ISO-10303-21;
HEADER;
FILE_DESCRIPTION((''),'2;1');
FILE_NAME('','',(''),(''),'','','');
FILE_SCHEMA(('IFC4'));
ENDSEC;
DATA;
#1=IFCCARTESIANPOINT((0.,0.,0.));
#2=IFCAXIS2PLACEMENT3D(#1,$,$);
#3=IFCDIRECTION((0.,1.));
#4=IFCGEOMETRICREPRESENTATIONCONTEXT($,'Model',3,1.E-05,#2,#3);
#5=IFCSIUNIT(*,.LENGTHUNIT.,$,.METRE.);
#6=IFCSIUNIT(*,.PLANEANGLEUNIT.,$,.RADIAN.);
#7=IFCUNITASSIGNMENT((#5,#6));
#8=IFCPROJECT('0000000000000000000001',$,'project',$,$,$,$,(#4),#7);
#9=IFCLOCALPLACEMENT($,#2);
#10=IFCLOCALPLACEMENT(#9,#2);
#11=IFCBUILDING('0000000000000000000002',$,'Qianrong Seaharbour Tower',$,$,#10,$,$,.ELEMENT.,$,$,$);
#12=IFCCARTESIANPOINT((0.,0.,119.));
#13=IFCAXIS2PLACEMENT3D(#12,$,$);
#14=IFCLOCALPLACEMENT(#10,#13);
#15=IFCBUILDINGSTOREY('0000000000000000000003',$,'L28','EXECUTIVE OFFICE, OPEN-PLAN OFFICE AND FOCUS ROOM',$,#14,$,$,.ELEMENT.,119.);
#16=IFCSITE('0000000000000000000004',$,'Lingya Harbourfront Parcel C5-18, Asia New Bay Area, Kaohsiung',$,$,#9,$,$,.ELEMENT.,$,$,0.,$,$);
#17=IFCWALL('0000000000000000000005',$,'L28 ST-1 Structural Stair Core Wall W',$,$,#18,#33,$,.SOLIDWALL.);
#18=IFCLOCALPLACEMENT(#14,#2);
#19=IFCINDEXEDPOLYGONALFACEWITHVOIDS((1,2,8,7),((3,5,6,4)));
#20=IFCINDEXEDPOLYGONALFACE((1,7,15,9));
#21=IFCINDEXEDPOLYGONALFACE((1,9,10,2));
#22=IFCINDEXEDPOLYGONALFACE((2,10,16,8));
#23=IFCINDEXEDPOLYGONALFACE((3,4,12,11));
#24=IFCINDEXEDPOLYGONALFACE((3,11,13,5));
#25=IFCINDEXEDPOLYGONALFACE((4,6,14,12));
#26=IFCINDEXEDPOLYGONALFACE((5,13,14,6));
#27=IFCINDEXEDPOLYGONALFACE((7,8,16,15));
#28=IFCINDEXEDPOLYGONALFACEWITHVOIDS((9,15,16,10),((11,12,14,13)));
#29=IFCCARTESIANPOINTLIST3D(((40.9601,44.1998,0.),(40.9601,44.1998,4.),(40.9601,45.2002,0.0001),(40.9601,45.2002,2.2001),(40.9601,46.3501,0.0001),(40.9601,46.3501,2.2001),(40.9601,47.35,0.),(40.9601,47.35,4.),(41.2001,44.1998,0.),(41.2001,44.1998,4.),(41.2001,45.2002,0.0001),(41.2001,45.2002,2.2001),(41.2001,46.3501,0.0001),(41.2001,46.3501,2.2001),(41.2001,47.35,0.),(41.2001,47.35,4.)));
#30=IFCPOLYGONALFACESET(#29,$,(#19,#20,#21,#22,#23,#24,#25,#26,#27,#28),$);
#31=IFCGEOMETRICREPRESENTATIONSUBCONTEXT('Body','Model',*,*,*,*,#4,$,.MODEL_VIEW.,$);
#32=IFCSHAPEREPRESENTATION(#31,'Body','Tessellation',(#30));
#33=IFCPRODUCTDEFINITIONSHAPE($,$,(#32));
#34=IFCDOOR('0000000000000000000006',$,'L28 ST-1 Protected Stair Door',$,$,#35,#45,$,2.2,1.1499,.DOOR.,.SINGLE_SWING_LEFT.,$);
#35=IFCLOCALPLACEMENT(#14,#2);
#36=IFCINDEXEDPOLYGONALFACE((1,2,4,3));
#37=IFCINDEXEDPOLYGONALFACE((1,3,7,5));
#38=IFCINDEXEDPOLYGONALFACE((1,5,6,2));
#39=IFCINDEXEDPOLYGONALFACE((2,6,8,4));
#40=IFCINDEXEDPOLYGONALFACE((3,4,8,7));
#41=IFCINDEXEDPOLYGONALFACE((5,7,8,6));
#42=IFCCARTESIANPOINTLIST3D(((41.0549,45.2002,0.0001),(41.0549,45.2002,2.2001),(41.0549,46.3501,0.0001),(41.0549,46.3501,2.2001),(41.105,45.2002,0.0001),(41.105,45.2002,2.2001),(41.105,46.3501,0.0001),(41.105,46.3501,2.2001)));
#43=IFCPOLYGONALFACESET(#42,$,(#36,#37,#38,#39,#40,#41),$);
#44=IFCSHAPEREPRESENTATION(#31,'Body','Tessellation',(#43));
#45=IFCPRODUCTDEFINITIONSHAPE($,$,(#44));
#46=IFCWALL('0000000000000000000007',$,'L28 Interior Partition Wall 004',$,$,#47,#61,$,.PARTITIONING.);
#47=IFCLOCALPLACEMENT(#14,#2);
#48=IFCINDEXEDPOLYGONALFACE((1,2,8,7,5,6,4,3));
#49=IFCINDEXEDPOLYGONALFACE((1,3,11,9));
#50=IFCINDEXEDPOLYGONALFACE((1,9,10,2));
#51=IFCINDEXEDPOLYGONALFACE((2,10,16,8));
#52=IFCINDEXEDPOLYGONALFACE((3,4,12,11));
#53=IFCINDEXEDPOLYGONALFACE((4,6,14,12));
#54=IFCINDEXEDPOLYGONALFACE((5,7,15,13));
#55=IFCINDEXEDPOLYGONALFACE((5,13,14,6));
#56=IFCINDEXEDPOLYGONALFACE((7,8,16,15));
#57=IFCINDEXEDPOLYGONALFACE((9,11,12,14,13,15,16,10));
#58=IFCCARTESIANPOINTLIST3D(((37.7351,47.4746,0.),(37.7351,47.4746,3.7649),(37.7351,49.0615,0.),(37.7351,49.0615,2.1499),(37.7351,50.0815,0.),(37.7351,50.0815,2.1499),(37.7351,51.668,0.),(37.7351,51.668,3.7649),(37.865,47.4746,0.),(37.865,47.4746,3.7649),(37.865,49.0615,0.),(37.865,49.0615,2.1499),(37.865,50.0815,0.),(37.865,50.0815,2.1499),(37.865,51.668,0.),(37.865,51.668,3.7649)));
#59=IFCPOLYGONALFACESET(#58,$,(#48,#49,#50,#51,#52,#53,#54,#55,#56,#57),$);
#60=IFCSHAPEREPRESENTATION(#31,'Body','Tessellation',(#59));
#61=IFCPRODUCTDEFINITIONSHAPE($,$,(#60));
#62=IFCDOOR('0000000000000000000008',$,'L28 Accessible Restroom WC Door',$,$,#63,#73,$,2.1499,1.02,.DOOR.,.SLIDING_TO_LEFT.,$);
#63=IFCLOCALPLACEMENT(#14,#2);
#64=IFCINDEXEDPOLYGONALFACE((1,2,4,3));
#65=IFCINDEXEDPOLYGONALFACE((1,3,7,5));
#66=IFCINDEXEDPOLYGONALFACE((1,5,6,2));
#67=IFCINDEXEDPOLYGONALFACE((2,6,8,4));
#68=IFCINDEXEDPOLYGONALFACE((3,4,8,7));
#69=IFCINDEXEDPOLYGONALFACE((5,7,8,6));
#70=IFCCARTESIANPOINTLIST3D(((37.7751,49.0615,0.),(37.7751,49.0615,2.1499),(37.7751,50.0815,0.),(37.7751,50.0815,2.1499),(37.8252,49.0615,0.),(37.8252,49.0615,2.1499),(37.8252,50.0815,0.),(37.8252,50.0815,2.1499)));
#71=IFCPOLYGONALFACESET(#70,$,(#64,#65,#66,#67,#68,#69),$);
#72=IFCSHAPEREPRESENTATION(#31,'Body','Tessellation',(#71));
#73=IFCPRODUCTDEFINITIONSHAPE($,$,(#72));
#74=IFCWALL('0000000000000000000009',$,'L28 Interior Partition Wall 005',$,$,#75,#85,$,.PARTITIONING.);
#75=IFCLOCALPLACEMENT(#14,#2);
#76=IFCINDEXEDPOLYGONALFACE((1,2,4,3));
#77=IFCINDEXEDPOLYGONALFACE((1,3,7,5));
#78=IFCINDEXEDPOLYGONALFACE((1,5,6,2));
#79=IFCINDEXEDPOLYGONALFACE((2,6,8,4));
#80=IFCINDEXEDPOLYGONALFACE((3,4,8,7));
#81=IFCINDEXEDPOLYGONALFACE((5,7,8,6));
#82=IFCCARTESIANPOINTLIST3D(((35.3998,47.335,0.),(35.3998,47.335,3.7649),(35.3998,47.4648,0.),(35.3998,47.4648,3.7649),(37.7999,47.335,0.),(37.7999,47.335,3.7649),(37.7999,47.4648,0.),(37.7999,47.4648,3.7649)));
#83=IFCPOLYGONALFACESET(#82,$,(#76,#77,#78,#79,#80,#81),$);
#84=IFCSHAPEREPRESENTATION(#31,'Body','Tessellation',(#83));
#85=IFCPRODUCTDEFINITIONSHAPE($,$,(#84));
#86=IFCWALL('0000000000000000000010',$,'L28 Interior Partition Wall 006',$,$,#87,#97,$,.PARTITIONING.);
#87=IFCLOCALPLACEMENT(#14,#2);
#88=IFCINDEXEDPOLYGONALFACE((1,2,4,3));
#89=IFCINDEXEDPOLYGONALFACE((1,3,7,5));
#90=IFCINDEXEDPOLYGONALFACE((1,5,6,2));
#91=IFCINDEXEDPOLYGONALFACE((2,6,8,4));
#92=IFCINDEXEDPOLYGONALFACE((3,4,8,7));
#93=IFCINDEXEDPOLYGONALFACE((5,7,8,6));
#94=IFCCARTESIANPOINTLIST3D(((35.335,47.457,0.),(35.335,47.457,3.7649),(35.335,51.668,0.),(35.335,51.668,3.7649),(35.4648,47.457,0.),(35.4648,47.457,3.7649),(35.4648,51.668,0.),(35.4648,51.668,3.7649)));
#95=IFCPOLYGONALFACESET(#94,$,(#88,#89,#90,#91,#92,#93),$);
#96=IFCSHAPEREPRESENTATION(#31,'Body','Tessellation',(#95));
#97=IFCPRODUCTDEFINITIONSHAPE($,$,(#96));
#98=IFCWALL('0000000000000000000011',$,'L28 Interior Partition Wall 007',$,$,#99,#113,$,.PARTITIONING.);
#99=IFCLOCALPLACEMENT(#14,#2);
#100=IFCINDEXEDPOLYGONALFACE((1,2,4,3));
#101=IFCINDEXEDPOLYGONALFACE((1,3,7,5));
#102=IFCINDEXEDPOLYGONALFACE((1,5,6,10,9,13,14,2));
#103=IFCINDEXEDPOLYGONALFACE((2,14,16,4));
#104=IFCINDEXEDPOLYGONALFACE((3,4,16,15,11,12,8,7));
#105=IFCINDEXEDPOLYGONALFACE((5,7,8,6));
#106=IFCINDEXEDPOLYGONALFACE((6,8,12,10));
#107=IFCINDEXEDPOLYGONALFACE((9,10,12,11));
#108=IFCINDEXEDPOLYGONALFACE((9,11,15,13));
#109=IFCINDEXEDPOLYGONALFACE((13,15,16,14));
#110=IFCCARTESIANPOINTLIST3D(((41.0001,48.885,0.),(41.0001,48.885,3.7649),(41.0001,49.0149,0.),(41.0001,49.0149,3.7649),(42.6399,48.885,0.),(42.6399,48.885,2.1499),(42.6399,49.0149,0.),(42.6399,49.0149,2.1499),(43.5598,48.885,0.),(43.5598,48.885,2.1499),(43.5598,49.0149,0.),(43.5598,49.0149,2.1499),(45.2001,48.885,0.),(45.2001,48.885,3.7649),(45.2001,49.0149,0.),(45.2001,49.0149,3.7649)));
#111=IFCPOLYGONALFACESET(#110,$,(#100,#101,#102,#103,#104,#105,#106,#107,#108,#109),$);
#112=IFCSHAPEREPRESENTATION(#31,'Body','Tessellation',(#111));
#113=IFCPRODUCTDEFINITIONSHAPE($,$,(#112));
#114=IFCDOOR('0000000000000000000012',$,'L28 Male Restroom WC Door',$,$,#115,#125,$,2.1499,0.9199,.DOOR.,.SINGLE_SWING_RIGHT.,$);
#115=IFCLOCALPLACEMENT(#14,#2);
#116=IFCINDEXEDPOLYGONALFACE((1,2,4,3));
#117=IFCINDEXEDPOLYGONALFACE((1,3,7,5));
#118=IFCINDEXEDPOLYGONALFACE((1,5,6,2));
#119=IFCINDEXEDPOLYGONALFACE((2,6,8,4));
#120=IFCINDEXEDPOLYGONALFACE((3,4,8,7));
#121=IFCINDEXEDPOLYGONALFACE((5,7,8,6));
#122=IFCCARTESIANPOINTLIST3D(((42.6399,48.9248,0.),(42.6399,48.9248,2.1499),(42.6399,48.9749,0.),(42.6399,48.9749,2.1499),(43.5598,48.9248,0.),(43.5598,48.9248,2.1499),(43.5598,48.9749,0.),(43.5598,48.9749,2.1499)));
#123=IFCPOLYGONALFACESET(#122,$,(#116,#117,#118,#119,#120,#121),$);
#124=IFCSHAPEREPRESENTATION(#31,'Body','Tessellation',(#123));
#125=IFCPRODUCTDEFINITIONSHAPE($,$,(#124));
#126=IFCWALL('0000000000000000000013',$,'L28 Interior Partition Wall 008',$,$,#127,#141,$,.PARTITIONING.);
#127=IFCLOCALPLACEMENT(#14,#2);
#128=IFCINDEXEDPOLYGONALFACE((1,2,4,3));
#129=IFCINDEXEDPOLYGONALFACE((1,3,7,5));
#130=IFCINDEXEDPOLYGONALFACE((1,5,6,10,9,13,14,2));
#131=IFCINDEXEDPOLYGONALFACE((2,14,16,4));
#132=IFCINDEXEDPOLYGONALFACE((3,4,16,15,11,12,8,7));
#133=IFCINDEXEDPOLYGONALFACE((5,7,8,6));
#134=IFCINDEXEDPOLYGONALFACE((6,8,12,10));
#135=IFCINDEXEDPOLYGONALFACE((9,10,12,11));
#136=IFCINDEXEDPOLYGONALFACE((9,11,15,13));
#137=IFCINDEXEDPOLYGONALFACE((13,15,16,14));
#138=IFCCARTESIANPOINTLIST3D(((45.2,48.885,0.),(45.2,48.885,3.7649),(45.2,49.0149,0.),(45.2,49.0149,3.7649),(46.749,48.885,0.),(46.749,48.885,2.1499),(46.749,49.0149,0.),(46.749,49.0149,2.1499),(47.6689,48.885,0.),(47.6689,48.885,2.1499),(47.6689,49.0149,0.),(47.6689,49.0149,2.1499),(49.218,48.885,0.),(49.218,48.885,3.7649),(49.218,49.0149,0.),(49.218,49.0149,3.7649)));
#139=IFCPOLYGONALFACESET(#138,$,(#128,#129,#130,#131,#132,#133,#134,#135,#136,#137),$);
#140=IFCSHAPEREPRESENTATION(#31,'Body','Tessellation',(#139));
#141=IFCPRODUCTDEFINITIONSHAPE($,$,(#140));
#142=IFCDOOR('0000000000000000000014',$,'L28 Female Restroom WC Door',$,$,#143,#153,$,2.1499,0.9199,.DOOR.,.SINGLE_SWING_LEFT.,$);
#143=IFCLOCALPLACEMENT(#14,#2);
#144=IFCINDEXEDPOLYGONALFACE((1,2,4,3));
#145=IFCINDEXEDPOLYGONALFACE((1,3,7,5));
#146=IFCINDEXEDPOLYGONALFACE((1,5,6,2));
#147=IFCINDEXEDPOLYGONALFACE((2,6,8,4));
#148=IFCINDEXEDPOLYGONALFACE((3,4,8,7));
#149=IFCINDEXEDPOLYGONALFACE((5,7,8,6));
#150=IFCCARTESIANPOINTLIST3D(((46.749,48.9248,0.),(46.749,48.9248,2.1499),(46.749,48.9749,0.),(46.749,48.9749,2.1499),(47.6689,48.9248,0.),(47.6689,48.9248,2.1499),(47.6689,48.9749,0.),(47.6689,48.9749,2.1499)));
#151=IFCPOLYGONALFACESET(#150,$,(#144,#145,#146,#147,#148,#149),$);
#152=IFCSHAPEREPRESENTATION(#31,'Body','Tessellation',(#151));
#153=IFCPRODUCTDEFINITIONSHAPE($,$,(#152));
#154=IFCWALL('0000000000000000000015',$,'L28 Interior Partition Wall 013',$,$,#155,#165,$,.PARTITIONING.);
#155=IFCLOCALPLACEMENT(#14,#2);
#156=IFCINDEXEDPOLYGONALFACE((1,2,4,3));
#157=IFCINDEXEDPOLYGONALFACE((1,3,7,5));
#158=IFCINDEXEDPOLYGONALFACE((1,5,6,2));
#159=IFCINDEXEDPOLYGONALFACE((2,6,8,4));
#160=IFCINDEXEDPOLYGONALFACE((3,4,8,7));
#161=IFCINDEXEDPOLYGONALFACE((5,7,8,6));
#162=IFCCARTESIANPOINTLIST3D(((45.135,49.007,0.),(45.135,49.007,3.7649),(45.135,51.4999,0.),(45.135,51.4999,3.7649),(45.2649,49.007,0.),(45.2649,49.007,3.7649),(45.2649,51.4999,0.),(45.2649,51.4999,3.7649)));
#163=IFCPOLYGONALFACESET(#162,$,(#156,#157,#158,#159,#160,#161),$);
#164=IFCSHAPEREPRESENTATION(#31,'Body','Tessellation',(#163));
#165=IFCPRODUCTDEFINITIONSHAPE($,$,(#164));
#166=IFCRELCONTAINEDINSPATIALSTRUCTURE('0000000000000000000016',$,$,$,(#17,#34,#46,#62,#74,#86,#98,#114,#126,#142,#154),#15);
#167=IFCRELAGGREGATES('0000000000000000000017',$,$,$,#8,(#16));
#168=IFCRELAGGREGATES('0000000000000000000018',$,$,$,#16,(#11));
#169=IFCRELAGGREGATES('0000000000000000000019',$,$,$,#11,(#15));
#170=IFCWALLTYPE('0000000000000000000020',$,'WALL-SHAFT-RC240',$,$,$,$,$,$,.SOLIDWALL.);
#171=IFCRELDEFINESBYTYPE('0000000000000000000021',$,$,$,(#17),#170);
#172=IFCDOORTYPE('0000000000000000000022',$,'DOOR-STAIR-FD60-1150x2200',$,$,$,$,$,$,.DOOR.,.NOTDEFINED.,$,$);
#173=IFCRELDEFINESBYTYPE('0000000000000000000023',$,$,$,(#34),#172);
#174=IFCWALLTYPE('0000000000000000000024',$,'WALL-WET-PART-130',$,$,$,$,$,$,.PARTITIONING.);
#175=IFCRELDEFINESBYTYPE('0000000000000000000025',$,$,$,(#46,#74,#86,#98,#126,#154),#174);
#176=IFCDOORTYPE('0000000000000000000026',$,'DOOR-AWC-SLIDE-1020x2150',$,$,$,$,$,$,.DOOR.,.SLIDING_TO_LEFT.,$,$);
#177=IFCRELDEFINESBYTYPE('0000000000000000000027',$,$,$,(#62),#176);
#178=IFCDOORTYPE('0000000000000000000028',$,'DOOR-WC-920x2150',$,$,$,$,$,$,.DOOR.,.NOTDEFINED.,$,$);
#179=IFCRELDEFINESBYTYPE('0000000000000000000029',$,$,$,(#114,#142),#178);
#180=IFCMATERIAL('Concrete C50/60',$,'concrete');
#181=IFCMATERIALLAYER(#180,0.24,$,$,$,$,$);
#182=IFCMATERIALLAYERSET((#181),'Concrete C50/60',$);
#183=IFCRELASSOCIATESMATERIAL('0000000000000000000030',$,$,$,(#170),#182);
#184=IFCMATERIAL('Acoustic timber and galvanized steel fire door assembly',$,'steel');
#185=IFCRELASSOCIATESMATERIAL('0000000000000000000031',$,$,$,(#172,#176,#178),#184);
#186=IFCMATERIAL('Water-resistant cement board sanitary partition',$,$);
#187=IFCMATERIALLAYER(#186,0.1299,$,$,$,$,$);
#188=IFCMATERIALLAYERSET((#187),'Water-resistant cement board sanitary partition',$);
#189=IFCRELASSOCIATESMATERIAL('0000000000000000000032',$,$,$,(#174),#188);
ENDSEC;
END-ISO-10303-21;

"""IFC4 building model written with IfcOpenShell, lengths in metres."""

from ifc_helpers import new_model, si_unit, direction, frame, frame_2d, origin, place, context, subcontext, project, spatial, rectangle, extrude, material, layer, layer_set, type_object, element, fill, save


model = new_model("IFC4")

# Units and contexts
model_context = context("Model", 3, precision=1e-05, world=origin(), true_north=direction((0.0, 1.0)))
body_context = subcontext(model_context, "Body", "Model", "MODEL_VIEW")
ifc_project = project(units=[si_unit("LENGTHUNIT", "METRE"), si_unit("PLANEANGLEUNIT", "RADIAN")], contexts=[model_context])

# Site, building, storey
site_placement = place(None, origin())
site = spatial("IfcSite", under=ifc_project, at=site_placement, Name="Lingya Harbourfront Parcel C5-18, Asia New Bay Area, Kaohsiung", CompositionType="ELEMENT", RefElevation=0.0)
building_placement = place(site_placement, origin())
building = spatial("IfcBuilding", under=site, at=building_placement, Name="Qianrong Seaharbour Tower", CompositionType="ELEMENT")
storey_placement = place(building_placement, frame((0.0, 0.0, 119.0)))
storey = spatial("IfcBuildingStorey", under=building, at=storey_placement, Name="L28", Description="EXECUTIVE OFFICE, OPEN-PLAN OFFICE AND FOCUS ROOM", CompositionType="ELEMENT", Elevation=119.0)

# Shared definitions
ifc_material_1 = material(Name="Acoustic timber and galvanized steel fire door assembly", Category="steel")

# Shared definitions
ifc_material_2 = material(Name="Concrete C50/60", Category="concrete")
ifc_layer_1 = layer(ifc_material_2, 0.24)
ifc_layer_set_1 = layer_set([ifc_layer_1], Name="Concrete C50/60")
wall_type_1 = type_object("IfcWallType", Name="WALL-SHAFT-RC240", PredefinedType="SOLIDWALL", material=ifc_layer_set_1)

# Walls, openings, doors
wall_1_placement = place(storey_placement, frame((41.0801, 47.3501, 0.0), z_axis=(0.0, 0.0, 1.0), x_axis=(0.0, -1.0, 0.0)))
wall_1 = element("IfcWall", 1, at=wall_1_placement, inside=storey, type_object=wall_type_1, Name="L28 ST-1 Structural Stair Core Wall W", PredefinedType="SOLIDWALL", context=body_context, shape_type="SweptSolid", body=[
    extrude(rectangle(XDim=3.1501, YDim=0.24, at=frame_2d((1.5752, 0.0))), origin(), (0.0, 0.0, 1.0), 4.0),
])
opening_1_placement = place(wall_1_placement, frame((1.0, 0.0, 0.0)))
opening_1 = element("IfcOpeningElement", 2, at=opening_1_placement, cuts=wall_1, PredefinedType="OPENING", context=body_context, shape_type="SweptSolid", body=[
    extrude(rectangle(XDim=1.1499, YDim=2.2, at=frame_2d((0.575, 1.1001))), frame((0.0, 0.1299, 0.0), z_axis=(0.0, -1.0, 0.0), x_axis=(1.0, 0.0, 0.0)), (0.0, 0.0, 1.0), 0.26),
])
door_type_1 = type_object("IfcDoorType", Name="DOOR-STAIR-FD60-1150x2200", OperationType="NOTDEFINED", PredefinedType="DOOR", material=ifc_material_1)
door_1_placement = place(opening_1_placement, origin())
door_1 = element("IfcDoor", 3, at=door_1_placement, inside=storey, type_object=door_type_1, Name="L28 ST-1 Protected Stair Door", OperationType="SINGLE_SWING_LEFT", OverallHeight=2.2, OverallWidth=1.1499, PredefinedType="DOOR", context=body_context, shape_type="SweptSolid", body=[
    extrude(rectangle(XDim=1.1499, YDim=2.2, at=frame_2d((0.575, 1.1001))), frame((0.0, 0.0249, 0.0), z_axis=(0.0, -1.0, 0.0), x_axis=(1.0, 0.0, 0.0)), (0.0, 0.0, 1.0), 0.05),
])
fill(opening_1, door_1)
ifc_material_3 = material(Name="Water-resistant cement board sanitary partition")
ifc_layer_2 = layer(ifc_material_3, 0.1299)
ifc_layer_set_2 = layer_set([ifc_layer_2], Name="Water-resistant cement board sanitary partition")
wall_type_2 = type_object("IfcWallType", Name="WALL-WET-PART-130", PredefinedType="PARTITIONING", material=ifc_layer_set_2)
wall_2_placement = place(storey_placement, frame((37.8, 47.4746, 0.0), z_axis=(0.0, 0.0, 1.0), x_axis=(0.0, 1.0, 0.0)))
wall_2 = element("IfcWall", 4, at=wall_2_placement, inside=storey, type_object=wall_type_2, Name="L28 Interior Partition Wall 004", PredefinedType="PARTITIONING", context=body_context, shape_type="SweptSolid", body=[
    extrude(rectangle(XDim=4.1934, YDim=0.1299, at=frame_2d((2.0967, 0.0))), origin(), (0.0, 0.0, 1.0), 3.7649),
])
opening_2_placement = place(wall_2_placement, frame((1.5869, 0.0, 0.0)))
opening_2 = element("IfcOpeningElement", 5, at=opening_2_placement, cuts=wall_2, PredefinedType="OPENING", context=body_context, shape_type="SweptSolid", body=[
    extrude(rectangle(XDim=1.02, YDim=2.1499, at=frame_2d((0.51, 1.075))), frame((0.0, 0.075, 0.0), z_axis=(0.0, -1.0, 0.0), x_axis=(1.0, 0.0, 0.0)), (0.0, 0.0, 1.0), 0.1499),
])
door_type_2 = type_object("IfcDoorType", Name="DOOR-AWC-SLIDE-1020x2150", OperationType="SLIDING_TO_LEFT", PredefinedType="DOOR", material=ifc_material_1)
door_2_placement = place(opening_2_placement, origin())
door_2 = element("IfcDoor", 6, at=door_2_placement, inside=storey, type_object=door_type_2, Name="L28 Accessible Restroom WC Door", OperationType="SLIDING_TO_LEFT", OverallHeight=2.1499, OverallWidth=1.02, PredefinedType="DOOR", context=body_context, shape_type="SweptSolid", body=[
    extrude(rectangle(XDim=1.02, YDim=2.1499, at=frame_2d((0.51, 1.075))), frame((0.0, 0.0249, 0.0), z_axis=(0.0, -1.0, 0.0), x_axis=(1.0, 0.0, 0.0)), (0.0, 0.0, 1.0), 0.05),
])
fill(opening_2, door_2)

# Walls
wall_3_placement = place(storey_placement, frame((37.8, 47.3999, 0.0), z_axis=(0.0, 0.0, 1.0), x_axis=(-1.0, 0.0, 0.0)))
element("IfcWall", 7, at=wall_3_placement, inside=storey, type_object=wall_type_2, Name="L28 Interior Partition Wall 005", PredefinedType="PARTITIONING", context=body_context, shape_type="SweptSolid", body=[
    extrude(rectangle(XDim=2.4001, YDim=0.1299, at=frame_2d((1.2002, 0.0))), origin(), (0.0, 0.0, 1.0), 3.7649),
])
wall_4_placement = place(storey_placement, frame((35.3999, 47.457, 0.0), z_axis=(0.0, 0.0, 1.0), x_axis=(0.0, 1.0, 0.0)))
element("IfcWall", 8, at=wall_4_placement, inside=storey, type_object=wall_type_2, Name="L28 Interior Partition Wall 006", PredefinedType="PARTITIONING", context=body_context, shape_type="SweptSolid", body=[
    extrude(rectangle(XDim=4.2109, YDim=0.1299, at=frame_2d((2.1055, 0.0))), origin(), (0.0, 0.0, 1.0), 3.7649),
])

# Walls, openings, doors
wall_5_placement = place(storey_placement, frame((41.0, 48.95, 0.0), z_axis=(0.0, 0.0, 1.0), x_axis=(1.0, 0.0, 0.0)))
wall_5 = element("IfcWall", 9, at=wall_5_placement, inside=storey, type_object=wall_type_2, Name="L28 Interior Partition Wall 007", PredefinedType="PARTITIONING", context=body_context, shape_type="SweptSolid", body=[
    extrude(rectangle(XDim=4.2, YDim=0.1299, at=frame_2d((2.1001, 0.0))), origin(), (0.0, 0.0, 1.0), 3.7649),
])
opening_3_placement = place(wall_5_placement, frame((1.6399, 0.0, 0.0)))
opening_3 = element("IfcOpeningElement", 10, at=opening_3_placement, cuts=wall_5, PredefinedType="OPENING", context=body_context, shape_type="SweptSolid", body=[
    extrude(rectangle(XDim=0.9199, YDim=2.1499, at=frame_2d((0.46, 1.075))), frame((0.0, 0.075, 0.0), z_axis=(0.0, -1.0, 0.0), x_axis=(1.0, 0.0, 0.0)), (0.0, 0.0, 1.0), 0.1499),
])
door_type_3 = type_object("IfcDoorType", Name="DOOR-WC-920x2150", OperationType="NOTDEFINED", PredefinedType="DOOR", material=ifc_material_1)
door_3_placement = place(opening_3_placement, origin())
door_3 = element("IfcDoor", 11, at=door_3_placement, inside=storey, type_object=door_type_3, Name="L28 Male Restroom WC Door", OperationType="SINGLE_SWING_RIGHT", OverallHeight=2.1499, OverallWidth=0.9199, PredefinedType="DOOR", context=body_context, shape_type="SweptSolid", body=[
    extrude(rectangle(XDim=0.9199, YDim=2.1499, at=frame_2d((0.46, 1.075))), frame((0.0, 0.0249, 0.0), z_axis=(0.0, -1.0, 0.0), x_axis=(1.0, 0.0, 0.0)), (0.0, 0.0, 1.0), 0.05),
])
fill(opening_3, door_3)
wall_6_placement = place(storey_placement, frame((45.2, 48.95, 0.0), z_axis=(0.0, 0.0, 1.0), x_axis=(1.0, 0.0, 0.0)))
wall_6 = element("IfcWall", 12, at=wall_6_placement, inside=storey, type_object=wall_type_2, Name="L28 Interior Partition Wall 008", PredefinedType="PARTITIONING", context=body_context, shape_type="SweptSolid", body=[
    extrude(rectangle(XDim=4.0181, YDim=0.1299, at=frame_2d((2.009, 0.0))), origin(), (0.0, 0.0, 1.0), 3.7649),
])
opening_4_placement = place(wall_6_placement, frame((1.5491, 0.0, 0.0)))
opening_4 = element("IfcOpeningElement", 13, at=opening_4_placement, cuts=wall_6, PredefinedType="OPENING", context=body_context, shape_type="SweptSolid", body=[
    extrude(rectangle(XDim=0.9199, YDim=2.1499, at=frame_2d((0.46, 1.075))), frame((0.0, 0.075, 0.0), z_axis=(0.0, -1.0, 0.0), x_axis=(1.0, 0.0, 0.0)), (0.0, 0.0, 1.0), 0.1499),
])
door_4_placement = place(opening_4_placement, origin())
door_4 = element("IfcDoor", 14, at=door_4_placement, inside=storey, type_object=door_type_3, Name="L28 Female Restroom WC Door", OperationType="SINGLE_SWING_LEFT", OverallHeight=2.1499, OverallWidth=0.9199, PredefinedType="DOOR", context=body_context, shape_type="SweptSolid", body=[
    extrude(rectangle(XDim=0.9199, YDim=2.1499, at=frame_2d((0.46, 1.075))), frame((0.0, 0.0249, 0.0), z_axis=(0.0, -1.0, 0.0), x_axis=(1.0, 0.0, 0.0)), (0.0, 0.0, 1.0), 0.05),
])
fill(opening_4, door_4)

# Wall
wall_7_placement = place(storey_placement, frame((45.2, 51.5, 0.0), z_axis=(0.0, 0.0, 1.0), x_axis=(0.0, -1.0, 0.0)))
element("IfcWall", 15, at=wall_7_placement, inside=storey, type_object=wall_type_2, Name="L28 Interior Partition Wall 013", PredefinedType="PARTITIONING", context=body_context, shape_type="SweptSolid", body=[
    extrude(rectangle(XDim=2.4929, YDim=0.1299, at=frame_2d((1.2466, 0.0))), origin(), (0.0, 0.0, 1.0), 3.7649),
])

save(model, "model.ifc")
